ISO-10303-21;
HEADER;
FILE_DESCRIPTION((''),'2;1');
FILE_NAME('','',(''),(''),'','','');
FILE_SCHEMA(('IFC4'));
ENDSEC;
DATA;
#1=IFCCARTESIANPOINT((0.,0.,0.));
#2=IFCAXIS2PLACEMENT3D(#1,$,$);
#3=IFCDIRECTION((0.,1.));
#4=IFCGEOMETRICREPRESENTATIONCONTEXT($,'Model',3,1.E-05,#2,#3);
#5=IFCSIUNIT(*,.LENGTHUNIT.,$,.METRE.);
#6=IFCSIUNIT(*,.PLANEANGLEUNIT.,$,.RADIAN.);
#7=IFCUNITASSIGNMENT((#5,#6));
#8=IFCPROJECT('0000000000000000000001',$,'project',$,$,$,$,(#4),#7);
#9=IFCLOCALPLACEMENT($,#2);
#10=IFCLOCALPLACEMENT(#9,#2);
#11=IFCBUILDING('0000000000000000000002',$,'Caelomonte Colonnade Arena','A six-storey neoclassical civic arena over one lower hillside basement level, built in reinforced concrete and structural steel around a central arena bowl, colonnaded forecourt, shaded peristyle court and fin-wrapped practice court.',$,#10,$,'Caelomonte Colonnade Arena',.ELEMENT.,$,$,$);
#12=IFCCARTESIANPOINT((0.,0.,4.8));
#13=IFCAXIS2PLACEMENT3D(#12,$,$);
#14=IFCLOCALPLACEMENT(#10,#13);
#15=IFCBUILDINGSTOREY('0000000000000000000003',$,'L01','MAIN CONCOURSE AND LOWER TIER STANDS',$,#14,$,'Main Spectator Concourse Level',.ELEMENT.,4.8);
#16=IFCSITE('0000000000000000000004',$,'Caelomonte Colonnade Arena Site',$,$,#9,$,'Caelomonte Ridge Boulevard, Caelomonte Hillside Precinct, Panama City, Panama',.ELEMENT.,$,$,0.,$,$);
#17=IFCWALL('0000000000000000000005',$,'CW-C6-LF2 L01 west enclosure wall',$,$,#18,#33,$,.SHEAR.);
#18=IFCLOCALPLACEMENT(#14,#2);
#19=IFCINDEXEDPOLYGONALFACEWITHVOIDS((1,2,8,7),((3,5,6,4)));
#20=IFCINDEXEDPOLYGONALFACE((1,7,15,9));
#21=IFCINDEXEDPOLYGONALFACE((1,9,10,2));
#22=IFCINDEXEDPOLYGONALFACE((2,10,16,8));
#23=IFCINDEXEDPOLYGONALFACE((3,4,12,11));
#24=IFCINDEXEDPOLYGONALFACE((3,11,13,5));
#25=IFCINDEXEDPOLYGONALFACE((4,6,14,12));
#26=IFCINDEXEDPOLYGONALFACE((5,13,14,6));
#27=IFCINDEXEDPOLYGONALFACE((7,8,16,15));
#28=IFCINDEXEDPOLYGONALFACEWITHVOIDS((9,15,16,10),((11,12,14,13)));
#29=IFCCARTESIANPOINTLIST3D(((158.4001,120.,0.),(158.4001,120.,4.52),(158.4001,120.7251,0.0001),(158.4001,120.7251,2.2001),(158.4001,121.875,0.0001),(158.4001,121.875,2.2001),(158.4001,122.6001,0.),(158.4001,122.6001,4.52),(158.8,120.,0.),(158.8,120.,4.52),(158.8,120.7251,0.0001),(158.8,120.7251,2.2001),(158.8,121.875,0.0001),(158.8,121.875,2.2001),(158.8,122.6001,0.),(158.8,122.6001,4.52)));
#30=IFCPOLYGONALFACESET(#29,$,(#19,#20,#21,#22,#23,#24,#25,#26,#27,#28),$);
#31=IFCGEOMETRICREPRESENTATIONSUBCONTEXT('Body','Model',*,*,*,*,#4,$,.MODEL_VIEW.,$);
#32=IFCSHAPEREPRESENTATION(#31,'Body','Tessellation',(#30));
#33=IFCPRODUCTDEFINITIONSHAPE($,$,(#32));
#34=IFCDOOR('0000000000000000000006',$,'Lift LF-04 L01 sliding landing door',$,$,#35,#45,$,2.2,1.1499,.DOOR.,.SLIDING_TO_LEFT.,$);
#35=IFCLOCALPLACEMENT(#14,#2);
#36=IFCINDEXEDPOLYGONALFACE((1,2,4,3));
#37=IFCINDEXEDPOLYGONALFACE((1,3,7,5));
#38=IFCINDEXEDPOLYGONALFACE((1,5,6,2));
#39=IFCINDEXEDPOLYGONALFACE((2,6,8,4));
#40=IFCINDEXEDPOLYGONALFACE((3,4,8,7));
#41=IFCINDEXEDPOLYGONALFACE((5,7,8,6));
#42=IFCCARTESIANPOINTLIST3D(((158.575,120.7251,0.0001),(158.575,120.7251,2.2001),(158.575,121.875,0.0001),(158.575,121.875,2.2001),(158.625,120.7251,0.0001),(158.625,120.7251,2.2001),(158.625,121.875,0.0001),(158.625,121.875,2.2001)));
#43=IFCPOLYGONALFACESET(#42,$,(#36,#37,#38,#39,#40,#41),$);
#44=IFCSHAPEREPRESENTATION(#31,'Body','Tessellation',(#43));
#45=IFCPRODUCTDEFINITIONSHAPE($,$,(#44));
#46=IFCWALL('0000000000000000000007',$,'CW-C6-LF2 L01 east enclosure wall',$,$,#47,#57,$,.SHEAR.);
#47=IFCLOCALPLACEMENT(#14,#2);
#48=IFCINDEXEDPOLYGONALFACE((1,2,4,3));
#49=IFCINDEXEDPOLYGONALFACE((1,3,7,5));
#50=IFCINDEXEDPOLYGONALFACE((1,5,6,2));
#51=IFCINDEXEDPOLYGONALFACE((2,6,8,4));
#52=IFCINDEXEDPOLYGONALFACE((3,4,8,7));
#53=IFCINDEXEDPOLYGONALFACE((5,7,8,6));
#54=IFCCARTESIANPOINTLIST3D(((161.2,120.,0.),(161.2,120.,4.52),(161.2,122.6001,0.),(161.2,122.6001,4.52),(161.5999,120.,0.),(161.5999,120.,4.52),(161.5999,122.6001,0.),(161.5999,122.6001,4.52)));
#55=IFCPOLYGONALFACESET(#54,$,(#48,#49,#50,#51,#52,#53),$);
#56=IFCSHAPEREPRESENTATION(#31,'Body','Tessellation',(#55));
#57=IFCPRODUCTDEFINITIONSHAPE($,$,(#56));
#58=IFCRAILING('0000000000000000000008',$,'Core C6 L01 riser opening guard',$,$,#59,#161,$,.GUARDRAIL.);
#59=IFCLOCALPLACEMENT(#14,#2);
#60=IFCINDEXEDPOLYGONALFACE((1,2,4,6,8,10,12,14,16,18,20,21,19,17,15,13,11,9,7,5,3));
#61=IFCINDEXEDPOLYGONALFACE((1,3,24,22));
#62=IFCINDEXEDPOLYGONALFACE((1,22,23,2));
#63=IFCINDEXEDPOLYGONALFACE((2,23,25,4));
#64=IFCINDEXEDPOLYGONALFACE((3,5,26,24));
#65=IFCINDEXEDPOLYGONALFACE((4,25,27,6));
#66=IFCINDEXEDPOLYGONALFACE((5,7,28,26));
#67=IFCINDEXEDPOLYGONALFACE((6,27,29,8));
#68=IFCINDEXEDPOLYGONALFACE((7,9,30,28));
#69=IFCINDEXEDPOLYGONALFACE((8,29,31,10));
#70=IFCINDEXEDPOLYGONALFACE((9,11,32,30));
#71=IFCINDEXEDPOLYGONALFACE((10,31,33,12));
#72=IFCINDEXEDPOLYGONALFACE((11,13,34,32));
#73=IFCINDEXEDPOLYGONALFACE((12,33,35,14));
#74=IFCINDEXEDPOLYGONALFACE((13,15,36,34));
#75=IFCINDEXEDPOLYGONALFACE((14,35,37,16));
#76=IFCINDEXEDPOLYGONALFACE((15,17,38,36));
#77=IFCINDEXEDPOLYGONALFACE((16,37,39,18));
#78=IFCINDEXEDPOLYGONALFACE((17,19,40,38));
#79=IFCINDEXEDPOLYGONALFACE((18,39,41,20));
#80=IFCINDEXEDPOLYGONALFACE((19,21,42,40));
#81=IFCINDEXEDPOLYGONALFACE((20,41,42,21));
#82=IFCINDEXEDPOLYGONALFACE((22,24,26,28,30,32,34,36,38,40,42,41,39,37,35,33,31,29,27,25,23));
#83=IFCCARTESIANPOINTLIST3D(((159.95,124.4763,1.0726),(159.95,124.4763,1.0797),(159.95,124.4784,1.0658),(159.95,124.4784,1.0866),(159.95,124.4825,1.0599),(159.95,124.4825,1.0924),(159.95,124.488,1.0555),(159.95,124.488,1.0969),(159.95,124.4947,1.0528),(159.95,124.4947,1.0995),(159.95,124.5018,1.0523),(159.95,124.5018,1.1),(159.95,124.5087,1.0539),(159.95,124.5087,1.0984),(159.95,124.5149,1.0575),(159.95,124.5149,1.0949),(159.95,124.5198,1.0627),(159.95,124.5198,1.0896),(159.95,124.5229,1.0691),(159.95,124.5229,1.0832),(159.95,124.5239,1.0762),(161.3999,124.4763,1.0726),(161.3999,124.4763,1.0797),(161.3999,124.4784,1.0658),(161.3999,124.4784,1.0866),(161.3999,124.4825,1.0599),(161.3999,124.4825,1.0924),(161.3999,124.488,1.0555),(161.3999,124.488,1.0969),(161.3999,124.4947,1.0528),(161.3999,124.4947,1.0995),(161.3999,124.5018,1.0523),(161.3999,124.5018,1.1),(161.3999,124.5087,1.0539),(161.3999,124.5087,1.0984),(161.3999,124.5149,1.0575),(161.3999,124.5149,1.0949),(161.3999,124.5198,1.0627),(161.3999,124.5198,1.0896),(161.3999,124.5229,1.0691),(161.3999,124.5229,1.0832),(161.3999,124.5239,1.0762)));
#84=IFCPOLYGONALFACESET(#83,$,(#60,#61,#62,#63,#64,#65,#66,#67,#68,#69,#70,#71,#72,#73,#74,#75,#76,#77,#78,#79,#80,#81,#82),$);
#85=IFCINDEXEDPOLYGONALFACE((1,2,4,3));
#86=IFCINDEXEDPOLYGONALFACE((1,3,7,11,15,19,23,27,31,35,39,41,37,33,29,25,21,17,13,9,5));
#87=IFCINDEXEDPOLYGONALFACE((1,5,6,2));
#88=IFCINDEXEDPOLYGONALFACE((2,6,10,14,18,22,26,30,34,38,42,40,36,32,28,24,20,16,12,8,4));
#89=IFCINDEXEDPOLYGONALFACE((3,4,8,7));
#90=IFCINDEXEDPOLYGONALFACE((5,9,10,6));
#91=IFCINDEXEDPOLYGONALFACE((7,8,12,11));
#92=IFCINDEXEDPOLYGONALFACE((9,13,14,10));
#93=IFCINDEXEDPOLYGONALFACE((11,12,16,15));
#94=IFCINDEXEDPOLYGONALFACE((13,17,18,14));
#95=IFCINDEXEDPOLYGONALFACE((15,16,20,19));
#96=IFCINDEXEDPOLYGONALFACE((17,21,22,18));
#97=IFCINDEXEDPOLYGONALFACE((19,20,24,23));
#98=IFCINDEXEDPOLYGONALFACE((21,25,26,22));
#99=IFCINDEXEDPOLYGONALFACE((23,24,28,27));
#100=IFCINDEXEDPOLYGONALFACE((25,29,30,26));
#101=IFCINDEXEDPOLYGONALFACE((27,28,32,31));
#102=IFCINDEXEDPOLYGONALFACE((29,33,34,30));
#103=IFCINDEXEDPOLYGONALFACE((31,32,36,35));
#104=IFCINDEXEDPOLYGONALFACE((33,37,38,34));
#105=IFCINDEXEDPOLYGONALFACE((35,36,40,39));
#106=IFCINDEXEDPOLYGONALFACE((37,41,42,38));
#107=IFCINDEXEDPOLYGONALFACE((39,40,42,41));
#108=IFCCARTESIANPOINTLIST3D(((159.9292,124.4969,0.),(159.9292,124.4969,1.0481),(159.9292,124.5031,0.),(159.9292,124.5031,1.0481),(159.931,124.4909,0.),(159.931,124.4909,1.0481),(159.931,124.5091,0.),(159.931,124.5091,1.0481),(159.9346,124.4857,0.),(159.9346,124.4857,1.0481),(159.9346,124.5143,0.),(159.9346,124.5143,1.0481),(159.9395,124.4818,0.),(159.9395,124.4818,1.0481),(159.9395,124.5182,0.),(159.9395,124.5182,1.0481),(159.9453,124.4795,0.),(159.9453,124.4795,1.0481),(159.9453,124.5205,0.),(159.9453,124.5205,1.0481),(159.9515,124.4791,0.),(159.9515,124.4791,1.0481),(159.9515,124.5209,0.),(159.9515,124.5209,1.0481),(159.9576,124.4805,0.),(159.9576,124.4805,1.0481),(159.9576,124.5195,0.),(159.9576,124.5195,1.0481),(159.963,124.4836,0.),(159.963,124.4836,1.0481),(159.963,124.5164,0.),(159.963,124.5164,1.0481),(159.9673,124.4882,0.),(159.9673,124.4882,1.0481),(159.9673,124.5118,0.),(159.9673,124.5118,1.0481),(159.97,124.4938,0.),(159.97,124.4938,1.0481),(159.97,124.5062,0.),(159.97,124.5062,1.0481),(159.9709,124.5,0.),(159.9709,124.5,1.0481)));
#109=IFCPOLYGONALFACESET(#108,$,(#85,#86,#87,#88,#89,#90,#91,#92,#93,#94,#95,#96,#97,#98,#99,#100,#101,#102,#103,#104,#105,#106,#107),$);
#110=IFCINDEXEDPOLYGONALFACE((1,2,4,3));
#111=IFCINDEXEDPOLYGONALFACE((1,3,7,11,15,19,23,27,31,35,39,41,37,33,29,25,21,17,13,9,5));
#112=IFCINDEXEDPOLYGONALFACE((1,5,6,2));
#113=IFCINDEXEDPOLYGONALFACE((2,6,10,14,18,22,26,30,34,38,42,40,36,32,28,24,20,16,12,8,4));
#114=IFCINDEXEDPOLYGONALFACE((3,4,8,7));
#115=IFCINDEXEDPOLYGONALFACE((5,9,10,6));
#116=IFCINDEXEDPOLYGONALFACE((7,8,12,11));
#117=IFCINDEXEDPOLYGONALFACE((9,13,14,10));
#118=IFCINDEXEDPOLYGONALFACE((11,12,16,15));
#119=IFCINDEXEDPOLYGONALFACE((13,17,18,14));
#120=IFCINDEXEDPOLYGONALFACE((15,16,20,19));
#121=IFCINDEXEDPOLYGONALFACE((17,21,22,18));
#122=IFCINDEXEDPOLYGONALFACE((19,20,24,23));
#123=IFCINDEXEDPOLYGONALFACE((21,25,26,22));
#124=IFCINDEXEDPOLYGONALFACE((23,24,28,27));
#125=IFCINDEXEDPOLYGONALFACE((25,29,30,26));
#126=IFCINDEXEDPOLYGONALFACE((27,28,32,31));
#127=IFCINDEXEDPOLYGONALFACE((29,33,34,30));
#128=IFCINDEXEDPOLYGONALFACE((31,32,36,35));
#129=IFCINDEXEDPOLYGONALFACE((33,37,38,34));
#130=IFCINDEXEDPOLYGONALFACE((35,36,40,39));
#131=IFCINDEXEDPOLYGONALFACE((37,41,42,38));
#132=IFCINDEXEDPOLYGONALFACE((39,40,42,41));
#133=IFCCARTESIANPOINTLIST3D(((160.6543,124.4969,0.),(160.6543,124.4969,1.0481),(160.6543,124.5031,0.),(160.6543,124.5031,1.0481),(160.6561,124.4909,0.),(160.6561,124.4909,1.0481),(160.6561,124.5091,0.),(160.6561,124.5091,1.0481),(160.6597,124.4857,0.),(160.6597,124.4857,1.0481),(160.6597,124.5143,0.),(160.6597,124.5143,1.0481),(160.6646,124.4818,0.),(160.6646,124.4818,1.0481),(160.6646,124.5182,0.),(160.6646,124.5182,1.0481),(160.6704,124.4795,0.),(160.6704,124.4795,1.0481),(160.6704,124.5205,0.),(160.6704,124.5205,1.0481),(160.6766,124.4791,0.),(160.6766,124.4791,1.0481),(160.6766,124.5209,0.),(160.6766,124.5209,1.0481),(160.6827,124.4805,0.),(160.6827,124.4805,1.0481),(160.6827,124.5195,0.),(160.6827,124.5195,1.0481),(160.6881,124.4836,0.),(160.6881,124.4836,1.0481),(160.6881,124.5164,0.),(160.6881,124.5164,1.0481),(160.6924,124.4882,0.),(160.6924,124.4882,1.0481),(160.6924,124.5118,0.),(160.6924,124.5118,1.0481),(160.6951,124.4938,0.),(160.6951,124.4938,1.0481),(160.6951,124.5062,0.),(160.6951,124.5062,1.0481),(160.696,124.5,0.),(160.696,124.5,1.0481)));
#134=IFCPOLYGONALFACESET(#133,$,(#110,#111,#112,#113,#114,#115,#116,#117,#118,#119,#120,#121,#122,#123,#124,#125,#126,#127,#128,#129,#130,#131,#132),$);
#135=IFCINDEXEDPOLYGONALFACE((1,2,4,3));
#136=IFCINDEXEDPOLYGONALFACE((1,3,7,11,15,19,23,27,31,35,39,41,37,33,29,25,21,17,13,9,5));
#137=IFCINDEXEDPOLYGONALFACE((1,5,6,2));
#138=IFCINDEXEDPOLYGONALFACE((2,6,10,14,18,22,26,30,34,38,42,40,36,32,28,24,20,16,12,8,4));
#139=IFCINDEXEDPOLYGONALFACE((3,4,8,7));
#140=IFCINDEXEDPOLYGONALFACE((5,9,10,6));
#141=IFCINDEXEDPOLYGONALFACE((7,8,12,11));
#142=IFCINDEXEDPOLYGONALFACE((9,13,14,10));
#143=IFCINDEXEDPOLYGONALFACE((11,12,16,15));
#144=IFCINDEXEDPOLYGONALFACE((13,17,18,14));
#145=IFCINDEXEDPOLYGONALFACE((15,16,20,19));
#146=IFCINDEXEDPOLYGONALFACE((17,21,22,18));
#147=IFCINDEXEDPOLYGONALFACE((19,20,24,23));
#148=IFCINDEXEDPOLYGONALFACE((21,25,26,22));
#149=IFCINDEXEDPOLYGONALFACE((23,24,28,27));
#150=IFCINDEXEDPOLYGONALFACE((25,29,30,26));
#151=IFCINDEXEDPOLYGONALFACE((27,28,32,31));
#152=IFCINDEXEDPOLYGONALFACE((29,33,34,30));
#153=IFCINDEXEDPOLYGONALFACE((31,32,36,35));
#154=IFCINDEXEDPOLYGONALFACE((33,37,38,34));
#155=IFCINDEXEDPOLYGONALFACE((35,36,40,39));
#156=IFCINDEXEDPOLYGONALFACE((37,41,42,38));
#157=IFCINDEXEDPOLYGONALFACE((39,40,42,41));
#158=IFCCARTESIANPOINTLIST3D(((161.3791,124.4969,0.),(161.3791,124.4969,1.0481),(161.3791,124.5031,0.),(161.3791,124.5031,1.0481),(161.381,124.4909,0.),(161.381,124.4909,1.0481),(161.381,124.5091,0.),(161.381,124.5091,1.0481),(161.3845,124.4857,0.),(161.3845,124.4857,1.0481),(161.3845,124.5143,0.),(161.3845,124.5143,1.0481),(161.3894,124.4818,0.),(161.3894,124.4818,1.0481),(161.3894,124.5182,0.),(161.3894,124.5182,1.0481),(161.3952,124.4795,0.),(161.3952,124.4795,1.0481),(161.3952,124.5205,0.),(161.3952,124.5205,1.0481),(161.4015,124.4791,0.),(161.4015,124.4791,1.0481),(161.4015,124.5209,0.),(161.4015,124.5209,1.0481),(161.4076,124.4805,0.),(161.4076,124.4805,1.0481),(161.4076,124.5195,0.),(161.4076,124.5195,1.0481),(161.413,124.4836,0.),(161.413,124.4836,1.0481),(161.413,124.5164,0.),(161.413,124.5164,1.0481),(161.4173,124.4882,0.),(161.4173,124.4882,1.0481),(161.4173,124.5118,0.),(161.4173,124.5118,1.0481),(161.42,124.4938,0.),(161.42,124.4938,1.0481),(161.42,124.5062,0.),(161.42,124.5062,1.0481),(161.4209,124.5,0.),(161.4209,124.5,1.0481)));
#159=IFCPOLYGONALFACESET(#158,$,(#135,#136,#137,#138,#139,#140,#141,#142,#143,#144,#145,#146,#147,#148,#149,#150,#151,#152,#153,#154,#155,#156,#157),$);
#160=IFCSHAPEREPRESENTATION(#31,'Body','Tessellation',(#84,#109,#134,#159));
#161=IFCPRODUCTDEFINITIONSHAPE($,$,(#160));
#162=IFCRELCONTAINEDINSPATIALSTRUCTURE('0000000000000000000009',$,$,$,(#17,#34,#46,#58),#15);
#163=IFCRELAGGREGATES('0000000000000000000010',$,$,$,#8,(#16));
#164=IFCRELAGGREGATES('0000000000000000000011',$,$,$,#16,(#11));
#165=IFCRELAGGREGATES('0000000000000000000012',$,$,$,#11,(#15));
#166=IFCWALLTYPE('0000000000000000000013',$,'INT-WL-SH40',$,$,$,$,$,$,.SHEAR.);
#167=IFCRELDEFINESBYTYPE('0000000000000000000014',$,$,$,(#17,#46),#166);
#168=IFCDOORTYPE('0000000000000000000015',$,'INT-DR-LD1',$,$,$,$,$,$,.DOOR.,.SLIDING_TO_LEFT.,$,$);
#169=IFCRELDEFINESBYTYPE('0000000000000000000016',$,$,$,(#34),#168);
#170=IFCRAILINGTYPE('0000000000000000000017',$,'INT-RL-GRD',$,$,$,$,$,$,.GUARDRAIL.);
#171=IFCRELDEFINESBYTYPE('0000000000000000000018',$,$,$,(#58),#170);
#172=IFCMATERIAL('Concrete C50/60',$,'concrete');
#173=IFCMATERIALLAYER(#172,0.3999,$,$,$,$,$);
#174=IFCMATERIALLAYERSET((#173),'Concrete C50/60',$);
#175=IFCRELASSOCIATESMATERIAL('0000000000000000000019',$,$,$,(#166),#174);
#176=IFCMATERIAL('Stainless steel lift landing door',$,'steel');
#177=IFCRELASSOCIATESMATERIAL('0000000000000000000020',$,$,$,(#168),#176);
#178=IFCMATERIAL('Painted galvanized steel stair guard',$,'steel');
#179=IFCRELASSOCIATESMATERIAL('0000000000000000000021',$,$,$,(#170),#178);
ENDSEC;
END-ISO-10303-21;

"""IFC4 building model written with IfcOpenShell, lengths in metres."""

from ifc_helpers import new_model, si_unit, direction, frame, frame_2d, origin, origin_2d, place, context, subcontext, project, spatial, rectangle, circle, extrude, material, layer, layer_set, type_object, element, fill, save


model = new_model("IFC4")

# Units and contexts
model_context = context("Model", 3, precision=1e-05, world=origin(), true_north=direction((0.0, 1.0)))
body_context = subcontext(model_context, "Body", "Model", "MODEL_VIEW")
ifc_project = project(units=[si_unit("LENGTHUNIT", "METRE"), si_unit("PLANEANGLEUNIT", "RADIAN")], contexts=[model_context])

# Site, building, storey
site_placement = place(None, origin())
site = spatial("IfcSite", under=ifc_project, at=site_placement, Name="Caelomonte Colonnade Arena Site", LongName="Caelomonte Ridge Boulevard, Caelomonte Hillside Precinct, Panama City, Panama", CompositionType="ELEMENT", RefElevation=0.0)
building_placement = place(site_placement, origin())
building = spatial("IfcBuilding", under=site, at=building_placement, Name="Caelomonte Colonnade Arena", Description="A six-storey neoclassical civic arena over one lower hillside basement level, built in reinforced concrete and structural steel around a central arena bowl, colonnaded forecourt, shaded peristyle court and fin-wrapped practice court.", LongName="Caelomonte Colonnade Arena", CompositionType="ELEMENT")
storey_placement = place(building_placement, frame((0.0, 0.0, 4.8)))
storey = spatial("IfcBuildingStorey", under=building, at=storey_placement, Name="L01", Description="MAIN CONCOURSE AND LOWER TIER STANDS", LongName="Main Spectator Concourse Level", CompositionType="ELEMENT", Elevation=4.8)

# Shared definitions
ifc_material_1 = material(Name="Concrete C50/60", Category="concrete")
ifc_layer_1 = layer(ifc_material_1, 0.3999)
ifc_layer_set_1 = layer_set([ifc_layer_1], Name="Concrete C50/60")
wall_type_1 = type_object("IfcWallType", Name="INT-WL-SH40", PredefinedType="SHEAR", material=ifc_layer_set_1)

# Shared definitions
ifc_material_2 = material(Name="Stainless steel lift landing door", Category="steel")
door_type_1 = type_object("IfcDoorType", Name="INT-DR-LD1", OperationType="SLIDING_TO_LEFT", PredefinedType="DOOR", material=ifc_material_2)

# Wall, opening, door
wall_1_placement = place(storey_placement, frame((158.6001, 122.6001, 0.0), z_axis=(0.0, 0.0, 1.0), x_axis=(0.0, -1.0, 0.0)))
wall_1 = element("IfcWall", 1, at=wall_1_placement, inside=storey, type_object=wall_type_1, Name="CW-C6-LF2 L01 west enclosure wall", PredefinedType="SHEAR", context=body_context, shape_type="SweptSolid", body=[
    extrude(rectangle(XDim=2.6001, YDim=0.3999, at=frame_2d((1.3, 0.0))), origin(), (0.0, 0.0, 1.0), 4.52),
])
opening_1_placement = place(wall_1_placement, frame((0.7251, 0.0, 0.0), z_axis=(0.0, 0.0, 1.0), x_axis=(1.0, 0.0, 0.0)))
opening_1 = element("IfcOpeningElement", 2, at=opening_1_placement, cuts=wall_1, PredefinedType="OPENING", context=body_context, shape_type="SweptSolid", body=[
    extrude(rectangle(XDim=1.1499, YDim=2.2, at=frame_2d((0.575, 1.1001))), frame((0.0, 0.21, 0.0), z_axis=(0.0, -1.0, 0.0), x_axis=(1.0, 0.0, 0.0)), (0.0, 0.0, 1.0), 0.4199),
])
door_1_placement = place(opening_1_placement, origin())
door_1 = element("IfcDoor", 3, at=door_1_placement, inside=storey, type_object=door_type_1, Name="Lift LF-04 L01 sliding landing door", OperationType="SLIDING_TO_LEFT", OverallHeight=2.2, OverallWidth=1.1499, PredefinedType="DOOR", context=body_context, shape_type="SweptSolid", body=[
    extrude(rectangle(XDim=1.1499, YDim=2.2, at=frame_2d((0.575, 1.1001))), frame((0.0, 0.0249, 0.0), z_axis=(0.0, -1.0, 0.0), x_axis=(1.0, 0.0, 0.0)), (0.0, 0.0, 1.0), 0.05),
])
fill(opening_1, door_1)

# Wall
wall_2_placement = place(storey_placement, frame((161.3999, 120.0, 0.0), z_axis=(0.0, 0.0, 1.0), x_axis=(0.0, 1.0, 0.0)))
element("IfcWall", 4, at=wall_2_placement, inside=storey, type_object=wall_type_1, Name="CW-C6-LF2 L01 east enclosure wall", PredefinedType="SHEAR", context=body_context, shape_type="SweptSolid", body=[
    extrude(rectangle(XDim=2.6001, YDim=0.3999, at=frame_2d((1.3, 0.0))), origin(), (0.0, 0.0, 1.0), 4.52),
])

# Railing
ifc_material_3 = material(Name="Painted galvanized steel stair guard", Category="steel")
railing_type = type_object("IfcRailingType", Name="INT-RL-GRD", PredefinedType="GUARDRAIL", material=ifc_material_3)
railing_placement = place(storey_placement, frame((159.95, 124.5, 0.0)))
element("IfcRailing", 5, at=railing_placement, inside=storey, type_object=railing_type, Name="Core C6 L01 riser opening guard", PredefinedType="GUARDRAIL", context=body_context, shape_type="SweptSolid", body=[
    extrude(circle(Radius=0.0239, at=origin_2d()), frame((0.0, 0.0, 1.0762), z_axis=(1.0, 0.0, 0.0), x_axis=(0.0, 1.0, 0.0)), (0.0, 0.0, 1.0), 1.45),
    extrude(circle(Radius=0.021, at=origin_2d()), origin(), (0.0, 0.0, 1.0), 1.0481),
    extrude(circle(Radius=0.021, at=origin_2d()), frame((0.7251, 0.0, 0.0)), (0.0, 0.0, 1.0), 1.0481),
    extrude(circle(Radius=0.021, at=origin_2d()), frame((1.45, 0.0, 0.0)), (0.0, 0.0, 1.0), 1.0481),
])

save(model, "model.ifc")
